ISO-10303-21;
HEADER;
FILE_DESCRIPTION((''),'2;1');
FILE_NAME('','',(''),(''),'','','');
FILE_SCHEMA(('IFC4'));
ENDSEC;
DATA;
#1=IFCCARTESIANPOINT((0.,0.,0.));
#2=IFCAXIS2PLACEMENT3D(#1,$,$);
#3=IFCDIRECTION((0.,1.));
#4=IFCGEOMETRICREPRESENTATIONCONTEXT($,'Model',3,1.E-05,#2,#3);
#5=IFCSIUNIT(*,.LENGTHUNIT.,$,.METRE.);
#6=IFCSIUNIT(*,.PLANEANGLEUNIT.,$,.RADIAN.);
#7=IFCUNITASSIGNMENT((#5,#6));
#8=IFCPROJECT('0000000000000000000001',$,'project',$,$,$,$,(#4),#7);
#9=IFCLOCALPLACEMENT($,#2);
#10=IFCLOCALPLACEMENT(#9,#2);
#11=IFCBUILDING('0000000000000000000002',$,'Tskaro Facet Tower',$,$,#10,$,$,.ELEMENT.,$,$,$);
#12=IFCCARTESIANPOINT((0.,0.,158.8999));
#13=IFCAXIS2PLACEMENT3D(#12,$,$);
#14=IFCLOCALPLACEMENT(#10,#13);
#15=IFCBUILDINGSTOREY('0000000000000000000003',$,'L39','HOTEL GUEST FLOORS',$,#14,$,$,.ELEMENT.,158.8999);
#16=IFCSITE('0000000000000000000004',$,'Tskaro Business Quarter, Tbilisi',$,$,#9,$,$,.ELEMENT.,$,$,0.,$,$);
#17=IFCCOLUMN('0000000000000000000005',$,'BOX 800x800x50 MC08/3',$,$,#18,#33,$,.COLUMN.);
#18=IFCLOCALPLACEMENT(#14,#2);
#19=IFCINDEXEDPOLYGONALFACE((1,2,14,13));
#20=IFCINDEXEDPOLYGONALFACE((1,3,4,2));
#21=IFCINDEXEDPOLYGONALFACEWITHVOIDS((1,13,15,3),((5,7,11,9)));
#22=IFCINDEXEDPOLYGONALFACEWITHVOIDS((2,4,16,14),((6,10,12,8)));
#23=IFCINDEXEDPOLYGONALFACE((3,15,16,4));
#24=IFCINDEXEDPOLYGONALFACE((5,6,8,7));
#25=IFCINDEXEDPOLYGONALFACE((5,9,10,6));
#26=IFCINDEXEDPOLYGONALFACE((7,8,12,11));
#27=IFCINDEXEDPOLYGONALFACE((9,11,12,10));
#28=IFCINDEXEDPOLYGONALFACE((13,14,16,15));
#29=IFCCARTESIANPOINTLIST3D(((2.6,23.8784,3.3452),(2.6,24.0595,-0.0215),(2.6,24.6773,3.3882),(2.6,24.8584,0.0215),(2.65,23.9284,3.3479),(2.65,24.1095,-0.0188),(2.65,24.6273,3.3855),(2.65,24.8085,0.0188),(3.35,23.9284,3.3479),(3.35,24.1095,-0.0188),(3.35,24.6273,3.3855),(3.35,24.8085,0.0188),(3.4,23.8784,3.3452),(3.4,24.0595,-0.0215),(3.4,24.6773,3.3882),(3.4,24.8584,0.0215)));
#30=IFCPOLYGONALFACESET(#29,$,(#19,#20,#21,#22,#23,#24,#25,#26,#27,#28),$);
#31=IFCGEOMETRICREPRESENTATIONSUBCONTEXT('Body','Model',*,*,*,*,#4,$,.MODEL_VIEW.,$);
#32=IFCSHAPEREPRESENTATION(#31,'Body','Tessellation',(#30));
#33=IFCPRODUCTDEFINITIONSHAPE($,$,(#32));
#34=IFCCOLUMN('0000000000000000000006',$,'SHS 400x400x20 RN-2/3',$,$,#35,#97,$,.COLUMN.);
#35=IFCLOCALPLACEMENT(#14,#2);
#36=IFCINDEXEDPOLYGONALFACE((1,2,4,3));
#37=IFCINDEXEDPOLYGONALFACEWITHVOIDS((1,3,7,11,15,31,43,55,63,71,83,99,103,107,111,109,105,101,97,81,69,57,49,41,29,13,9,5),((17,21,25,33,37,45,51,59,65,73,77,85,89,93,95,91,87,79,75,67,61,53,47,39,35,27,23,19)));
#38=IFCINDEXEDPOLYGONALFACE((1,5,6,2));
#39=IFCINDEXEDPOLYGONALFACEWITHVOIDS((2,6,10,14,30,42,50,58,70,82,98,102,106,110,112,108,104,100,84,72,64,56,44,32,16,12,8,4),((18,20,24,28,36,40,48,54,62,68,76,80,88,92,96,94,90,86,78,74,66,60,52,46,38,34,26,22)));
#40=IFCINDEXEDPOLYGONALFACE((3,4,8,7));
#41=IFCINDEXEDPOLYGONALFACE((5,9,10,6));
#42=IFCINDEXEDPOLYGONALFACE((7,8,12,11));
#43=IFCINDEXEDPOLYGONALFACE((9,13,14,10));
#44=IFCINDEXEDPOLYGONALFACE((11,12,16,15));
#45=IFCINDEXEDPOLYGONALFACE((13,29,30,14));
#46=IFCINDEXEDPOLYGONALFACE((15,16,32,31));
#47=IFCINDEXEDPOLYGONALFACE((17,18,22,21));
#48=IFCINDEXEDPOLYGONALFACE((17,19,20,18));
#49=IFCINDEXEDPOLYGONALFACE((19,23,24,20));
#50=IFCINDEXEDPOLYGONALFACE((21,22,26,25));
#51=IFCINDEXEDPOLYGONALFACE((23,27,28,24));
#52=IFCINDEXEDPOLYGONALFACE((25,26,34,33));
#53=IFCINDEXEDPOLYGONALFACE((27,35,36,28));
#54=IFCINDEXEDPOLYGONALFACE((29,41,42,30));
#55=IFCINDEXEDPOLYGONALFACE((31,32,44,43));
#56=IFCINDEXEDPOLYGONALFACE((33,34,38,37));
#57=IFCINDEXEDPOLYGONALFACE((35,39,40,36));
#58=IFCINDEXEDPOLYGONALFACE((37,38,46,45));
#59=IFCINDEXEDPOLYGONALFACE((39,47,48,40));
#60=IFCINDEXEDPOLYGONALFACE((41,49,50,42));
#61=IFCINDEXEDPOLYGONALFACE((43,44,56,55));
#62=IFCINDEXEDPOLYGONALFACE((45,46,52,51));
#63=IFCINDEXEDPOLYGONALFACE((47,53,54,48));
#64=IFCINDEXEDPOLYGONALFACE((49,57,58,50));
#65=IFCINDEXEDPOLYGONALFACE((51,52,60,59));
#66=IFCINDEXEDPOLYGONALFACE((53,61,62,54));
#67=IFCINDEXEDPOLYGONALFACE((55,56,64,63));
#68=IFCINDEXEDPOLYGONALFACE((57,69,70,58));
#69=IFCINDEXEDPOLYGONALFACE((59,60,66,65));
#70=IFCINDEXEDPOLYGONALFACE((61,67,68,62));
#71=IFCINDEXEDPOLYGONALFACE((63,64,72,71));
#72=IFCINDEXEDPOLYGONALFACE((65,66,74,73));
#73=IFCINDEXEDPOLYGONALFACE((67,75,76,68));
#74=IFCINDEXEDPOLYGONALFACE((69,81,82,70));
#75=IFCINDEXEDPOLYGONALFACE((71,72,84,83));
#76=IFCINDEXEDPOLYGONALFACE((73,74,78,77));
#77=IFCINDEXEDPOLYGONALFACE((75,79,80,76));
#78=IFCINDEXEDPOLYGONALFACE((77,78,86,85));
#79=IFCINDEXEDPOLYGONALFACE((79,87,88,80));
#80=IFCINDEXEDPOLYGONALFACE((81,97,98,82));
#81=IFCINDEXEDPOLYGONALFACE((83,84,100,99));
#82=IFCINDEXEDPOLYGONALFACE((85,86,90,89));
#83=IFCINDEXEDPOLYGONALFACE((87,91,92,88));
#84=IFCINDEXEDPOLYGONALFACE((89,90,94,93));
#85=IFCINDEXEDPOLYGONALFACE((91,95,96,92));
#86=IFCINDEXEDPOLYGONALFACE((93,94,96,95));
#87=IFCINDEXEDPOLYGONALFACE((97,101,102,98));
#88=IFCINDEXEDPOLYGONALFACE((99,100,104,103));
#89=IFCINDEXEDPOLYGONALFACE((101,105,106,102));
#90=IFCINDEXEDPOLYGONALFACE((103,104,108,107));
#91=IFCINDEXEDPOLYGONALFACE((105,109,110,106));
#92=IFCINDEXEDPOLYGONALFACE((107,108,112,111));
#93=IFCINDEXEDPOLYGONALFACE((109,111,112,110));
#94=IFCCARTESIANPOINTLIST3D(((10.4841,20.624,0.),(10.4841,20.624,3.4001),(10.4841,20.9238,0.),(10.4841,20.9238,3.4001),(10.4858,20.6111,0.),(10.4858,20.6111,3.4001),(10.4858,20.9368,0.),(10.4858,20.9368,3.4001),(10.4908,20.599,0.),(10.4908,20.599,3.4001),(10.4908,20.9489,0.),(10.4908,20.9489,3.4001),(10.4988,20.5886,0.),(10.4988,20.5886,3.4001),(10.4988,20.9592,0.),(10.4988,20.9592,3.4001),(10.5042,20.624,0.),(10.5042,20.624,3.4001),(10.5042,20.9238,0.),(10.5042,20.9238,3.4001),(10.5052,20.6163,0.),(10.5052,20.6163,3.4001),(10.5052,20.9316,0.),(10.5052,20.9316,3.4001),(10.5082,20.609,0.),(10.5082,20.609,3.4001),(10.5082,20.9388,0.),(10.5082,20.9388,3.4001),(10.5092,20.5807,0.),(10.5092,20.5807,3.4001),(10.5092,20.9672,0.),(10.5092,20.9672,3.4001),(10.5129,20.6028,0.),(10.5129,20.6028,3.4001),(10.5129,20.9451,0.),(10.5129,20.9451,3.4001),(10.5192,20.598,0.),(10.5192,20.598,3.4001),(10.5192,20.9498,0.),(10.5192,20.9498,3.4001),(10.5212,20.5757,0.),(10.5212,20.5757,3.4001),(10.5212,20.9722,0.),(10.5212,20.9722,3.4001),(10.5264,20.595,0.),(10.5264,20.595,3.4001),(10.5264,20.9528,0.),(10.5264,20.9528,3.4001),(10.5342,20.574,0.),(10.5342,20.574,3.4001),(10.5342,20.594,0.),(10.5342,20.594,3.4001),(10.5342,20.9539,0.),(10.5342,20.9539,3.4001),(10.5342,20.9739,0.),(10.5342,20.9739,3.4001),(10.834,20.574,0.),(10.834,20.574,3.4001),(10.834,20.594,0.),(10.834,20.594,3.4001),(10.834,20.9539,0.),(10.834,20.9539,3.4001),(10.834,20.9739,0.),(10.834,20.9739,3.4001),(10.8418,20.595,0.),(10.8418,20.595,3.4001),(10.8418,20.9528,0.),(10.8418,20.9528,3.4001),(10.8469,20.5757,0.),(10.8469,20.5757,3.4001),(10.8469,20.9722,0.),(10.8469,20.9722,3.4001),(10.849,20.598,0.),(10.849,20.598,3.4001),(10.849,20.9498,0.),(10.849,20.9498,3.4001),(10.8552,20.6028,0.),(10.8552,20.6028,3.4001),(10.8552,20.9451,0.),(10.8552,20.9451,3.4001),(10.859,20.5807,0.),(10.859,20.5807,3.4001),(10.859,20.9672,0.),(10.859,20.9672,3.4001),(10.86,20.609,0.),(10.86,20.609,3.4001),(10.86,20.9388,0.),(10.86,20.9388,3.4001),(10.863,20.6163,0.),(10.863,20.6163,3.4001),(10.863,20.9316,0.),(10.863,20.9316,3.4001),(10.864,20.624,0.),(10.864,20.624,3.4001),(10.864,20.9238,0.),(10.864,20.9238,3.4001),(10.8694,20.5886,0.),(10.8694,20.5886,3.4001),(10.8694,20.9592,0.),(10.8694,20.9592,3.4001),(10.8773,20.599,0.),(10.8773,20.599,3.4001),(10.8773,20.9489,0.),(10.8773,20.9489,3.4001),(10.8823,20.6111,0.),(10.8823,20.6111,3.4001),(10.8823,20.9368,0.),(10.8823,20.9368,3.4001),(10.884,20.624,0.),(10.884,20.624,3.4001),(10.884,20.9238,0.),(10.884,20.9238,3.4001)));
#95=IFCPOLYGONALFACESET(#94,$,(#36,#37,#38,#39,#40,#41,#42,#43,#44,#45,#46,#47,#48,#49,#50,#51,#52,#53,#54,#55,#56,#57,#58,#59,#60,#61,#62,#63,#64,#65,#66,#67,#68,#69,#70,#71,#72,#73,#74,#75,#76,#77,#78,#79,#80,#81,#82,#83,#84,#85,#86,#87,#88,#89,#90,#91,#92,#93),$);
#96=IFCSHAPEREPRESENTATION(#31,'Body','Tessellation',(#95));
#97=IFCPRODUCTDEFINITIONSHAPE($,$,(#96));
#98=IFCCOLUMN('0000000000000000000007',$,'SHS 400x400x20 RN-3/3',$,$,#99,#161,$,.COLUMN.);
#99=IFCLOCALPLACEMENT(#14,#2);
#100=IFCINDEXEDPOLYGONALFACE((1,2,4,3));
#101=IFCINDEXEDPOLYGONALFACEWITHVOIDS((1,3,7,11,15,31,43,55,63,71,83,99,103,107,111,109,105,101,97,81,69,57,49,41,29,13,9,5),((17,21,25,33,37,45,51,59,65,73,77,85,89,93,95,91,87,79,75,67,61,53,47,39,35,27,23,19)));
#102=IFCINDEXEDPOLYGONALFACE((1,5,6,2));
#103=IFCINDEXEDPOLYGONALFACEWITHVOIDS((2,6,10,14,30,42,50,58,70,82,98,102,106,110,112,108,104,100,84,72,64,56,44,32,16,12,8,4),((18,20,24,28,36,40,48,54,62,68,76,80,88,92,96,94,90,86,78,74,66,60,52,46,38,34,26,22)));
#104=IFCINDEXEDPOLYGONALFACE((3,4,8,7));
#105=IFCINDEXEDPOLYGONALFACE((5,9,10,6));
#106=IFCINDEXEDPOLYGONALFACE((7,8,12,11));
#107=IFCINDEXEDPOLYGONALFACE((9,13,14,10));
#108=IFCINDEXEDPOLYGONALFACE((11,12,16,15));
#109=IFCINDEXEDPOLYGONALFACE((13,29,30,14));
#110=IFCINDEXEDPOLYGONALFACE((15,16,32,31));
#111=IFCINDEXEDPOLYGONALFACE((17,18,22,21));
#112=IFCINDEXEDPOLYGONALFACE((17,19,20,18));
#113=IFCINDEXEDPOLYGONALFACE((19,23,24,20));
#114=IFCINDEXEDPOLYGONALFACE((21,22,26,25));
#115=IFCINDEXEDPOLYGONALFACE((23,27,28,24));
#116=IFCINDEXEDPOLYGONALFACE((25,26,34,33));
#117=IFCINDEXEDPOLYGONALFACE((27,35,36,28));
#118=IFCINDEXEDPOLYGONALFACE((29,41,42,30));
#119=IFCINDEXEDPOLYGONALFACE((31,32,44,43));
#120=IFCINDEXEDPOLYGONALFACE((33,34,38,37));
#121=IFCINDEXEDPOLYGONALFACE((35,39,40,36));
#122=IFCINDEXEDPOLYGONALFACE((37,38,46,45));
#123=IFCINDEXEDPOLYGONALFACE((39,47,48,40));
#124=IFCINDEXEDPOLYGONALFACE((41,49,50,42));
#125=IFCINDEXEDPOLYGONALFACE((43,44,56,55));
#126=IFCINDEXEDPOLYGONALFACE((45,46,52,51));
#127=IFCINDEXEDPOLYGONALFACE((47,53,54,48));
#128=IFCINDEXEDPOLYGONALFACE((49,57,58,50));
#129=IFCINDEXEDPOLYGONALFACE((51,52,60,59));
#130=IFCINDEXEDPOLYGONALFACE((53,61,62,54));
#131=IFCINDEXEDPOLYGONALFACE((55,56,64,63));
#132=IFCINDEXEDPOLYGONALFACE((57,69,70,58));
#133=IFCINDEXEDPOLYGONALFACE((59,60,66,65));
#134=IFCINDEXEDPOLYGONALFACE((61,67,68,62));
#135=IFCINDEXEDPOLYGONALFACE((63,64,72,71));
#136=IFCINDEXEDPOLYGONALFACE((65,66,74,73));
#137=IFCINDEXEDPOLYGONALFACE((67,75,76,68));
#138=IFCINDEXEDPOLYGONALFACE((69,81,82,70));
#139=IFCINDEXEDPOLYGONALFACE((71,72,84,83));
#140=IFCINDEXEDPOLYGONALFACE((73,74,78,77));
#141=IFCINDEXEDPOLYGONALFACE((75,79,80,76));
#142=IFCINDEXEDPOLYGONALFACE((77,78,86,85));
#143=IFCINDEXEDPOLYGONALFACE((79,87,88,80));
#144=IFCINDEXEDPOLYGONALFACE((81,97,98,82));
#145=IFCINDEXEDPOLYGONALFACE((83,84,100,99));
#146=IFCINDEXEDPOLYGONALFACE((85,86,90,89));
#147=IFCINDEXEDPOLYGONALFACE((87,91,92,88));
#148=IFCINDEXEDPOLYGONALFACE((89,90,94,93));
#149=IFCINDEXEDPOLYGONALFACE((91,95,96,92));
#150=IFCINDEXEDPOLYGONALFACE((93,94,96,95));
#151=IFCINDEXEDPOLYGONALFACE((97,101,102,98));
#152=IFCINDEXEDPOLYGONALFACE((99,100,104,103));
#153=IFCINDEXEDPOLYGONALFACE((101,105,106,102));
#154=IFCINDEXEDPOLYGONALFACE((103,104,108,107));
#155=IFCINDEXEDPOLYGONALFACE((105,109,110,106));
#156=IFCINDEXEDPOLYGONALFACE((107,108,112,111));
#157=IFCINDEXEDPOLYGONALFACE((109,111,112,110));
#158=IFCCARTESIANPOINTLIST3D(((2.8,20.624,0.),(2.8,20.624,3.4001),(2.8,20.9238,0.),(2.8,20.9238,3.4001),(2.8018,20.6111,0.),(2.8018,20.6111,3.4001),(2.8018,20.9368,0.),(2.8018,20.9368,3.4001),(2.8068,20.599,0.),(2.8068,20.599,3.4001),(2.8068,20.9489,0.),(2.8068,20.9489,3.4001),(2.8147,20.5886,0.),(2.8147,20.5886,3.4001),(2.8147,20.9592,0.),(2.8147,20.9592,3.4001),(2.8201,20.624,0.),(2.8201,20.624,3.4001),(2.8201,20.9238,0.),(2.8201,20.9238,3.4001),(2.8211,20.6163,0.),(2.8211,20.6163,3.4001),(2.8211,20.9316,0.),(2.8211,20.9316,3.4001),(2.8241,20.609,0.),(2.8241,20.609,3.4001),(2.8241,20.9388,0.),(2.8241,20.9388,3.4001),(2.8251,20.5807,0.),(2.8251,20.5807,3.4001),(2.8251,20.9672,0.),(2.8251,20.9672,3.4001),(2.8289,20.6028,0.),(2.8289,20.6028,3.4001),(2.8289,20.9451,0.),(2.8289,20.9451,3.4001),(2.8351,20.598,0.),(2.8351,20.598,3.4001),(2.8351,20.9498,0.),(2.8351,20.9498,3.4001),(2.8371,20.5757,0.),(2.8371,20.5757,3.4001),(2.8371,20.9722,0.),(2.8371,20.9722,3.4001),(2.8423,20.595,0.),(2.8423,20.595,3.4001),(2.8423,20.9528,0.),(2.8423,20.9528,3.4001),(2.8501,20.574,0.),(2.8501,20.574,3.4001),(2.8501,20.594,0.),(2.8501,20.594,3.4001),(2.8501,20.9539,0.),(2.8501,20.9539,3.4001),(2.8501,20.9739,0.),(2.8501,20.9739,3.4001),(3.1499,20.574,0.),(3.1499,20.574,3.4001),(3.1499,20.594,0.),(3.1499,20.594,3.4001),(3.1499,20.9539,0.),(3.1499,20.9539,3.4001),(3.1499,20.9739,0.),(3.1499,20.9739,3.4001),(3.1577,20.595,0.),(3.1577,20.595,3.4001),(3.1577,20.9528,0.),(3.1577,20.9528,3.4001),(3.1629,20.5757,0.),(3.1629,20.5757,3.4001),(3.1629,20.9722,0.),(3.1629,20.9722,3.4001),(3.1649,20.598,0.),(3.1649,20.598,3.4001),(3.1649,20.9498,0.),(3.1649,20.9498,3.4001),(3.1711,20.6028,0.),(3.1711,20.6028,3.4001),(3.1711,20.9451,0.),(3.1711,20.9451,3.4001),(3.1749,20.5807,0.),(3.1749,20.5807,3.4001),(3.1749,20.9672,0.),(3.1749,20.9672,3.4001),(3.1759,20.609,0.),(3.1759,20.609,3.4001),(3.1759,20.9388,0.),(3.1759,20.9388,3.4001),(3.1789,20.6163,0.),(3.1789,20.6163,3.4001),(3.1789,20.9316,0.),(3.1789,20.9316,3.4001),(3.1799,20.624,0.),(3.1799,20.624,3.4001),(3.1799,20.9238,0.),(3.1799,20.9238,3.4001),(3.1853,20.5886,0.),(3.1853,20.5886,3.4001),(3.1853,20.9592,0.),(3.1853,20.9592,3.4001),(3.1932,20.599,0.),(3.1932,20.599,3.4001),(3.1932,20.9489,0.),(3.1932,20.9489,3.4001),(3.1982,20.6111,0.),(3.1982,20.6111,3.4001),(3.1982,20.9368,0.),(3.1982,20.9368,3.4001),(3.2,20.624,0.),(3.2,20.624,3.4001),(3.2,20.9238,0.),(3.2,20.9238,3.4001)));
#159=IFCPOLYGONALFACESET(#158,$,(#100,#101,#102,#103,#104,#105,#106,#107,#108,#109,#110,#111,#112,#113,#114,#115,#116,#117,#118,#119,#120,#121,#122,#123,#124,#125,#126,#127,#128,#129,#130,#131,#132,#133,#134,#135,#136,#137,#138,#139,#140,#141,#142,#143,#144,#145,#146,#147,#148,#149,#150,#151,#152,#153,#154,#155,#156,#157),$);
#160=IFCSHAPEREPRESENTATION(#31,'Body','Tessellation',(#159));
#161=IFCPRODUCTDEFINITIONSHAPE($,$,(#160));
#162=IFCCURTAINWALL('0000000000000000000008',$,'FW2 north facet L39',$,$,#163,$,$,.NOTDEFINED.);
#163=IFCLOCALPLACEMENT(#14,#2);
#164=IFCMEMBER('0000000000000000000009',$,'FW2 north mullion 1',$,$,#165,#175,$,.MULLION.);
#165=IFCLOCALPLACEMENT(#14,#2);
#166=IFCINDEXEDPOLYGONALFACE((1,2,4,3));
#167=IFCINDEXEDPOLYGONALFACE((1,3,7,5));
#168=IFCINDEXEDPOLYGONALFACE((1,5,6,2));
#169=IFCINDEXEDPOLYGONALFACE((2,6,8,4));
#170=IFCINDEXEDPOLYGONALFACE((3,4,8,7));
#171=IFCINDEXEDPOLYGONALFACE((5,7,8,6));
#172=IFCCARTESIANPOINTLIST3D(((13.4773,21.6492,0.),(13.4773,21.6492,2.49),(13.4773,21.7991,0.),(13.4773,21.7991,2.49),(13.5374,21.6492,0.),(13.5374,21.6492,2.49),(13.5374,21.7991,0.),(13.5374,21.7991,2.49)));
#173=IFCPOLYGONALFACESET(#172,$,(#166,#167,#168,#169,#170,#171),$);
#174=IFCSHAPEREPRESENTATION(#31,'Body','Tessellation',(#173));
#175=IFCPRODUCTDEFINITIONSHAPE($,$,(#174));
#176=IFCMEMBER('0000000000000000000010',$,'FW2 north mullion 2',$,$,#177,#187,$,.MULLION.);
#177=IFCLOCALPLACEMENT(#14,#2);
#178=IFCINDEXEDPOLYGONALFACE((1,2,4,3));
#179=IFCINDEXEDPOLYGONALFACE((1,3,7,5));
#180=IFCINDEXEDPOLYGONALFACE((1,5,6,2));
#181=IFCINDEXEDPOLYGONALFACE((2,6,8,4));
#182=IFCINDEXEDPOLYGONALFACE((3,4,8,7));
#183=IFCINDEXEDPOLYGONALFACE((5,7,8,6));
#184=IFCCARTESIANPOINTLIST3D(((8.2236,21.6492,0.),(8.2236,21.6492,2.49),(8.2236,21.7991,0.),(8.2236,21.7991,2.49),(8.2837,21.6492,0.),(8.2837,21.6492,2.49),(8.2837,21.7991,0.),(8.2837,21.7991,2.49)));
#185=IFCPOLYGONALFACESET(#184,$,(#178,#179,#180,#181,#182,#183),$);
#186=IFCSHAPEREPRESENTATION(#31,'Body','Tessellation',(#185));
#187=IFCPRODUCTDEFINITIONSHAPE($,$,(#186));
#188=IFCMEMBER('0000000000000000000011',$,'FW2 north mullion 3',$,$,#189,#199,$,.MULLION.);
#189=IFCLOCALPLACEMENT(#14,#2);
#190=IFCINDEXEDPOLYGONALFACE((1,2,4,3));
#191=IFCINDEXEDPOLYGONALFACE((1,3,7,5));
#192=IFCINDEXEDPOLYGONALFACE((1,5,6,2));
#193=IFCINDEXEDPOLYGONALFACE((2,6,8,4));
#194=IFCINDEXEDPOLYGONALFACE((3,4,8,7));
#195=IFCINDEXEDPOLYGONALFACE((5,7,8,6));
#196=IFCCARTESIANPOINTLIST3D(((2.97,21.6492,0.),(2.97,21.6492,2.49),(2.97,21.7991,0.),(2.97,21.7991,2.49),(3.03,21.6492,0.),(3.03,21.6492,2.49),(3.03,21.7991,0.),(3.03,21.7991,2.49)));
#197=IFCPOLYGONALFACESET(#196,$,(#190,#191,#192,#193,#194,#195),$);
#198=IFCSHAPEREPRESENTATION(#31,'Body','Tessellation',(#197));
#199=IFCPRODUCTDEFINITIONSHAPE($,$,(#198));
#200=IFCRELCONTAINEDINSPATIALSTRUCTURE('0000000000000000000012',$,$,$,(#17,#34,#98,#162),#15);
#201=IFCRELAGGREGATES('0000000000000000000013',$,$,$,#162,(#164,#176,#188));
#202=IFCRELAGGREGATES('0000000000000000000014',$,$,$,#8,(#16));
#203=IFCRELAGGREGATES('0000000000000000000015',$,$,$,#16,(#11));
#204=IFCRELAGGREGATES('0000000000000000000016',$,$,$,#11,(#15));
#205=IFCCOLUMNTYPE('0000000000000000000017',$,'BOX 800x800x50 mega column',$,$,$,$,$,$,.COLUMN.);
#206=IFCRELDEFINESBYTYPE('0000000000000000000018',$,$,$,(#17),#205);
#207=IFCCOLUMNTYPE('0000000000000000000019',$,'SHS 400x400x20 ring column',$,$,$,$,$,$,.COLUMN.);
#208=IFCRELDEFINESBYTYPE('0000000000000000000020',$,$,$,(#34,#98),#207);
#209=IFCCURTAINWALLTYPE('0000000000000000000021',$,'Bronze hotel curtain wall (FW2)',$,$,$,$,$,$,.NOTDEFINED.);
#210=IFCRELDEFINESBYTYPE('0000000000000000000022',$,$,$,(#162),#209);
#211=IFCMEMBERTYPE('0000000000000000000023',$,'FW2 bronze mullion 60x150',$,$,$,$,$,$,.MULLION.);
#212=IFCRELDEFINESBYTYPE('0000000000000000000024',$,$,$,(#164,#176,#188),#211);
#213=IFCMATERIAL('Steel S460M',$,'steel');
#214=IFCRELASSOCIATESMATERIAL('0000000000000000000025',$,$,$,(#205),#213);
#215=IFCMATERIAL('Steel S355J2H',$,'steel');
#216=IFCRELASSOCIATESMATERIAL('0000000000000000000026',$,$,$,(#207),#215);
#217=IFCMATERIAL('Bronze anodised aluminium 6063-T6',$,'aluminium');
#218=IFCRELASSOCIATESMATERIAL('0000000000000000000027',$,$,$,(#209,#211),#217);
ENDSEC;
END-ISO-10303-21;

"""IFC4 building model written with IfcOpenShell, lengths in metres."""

from ifc_helpers import new_model, si_unit, direction, frame, origin, origin_2d, place, context, subcontext, project, spatial, rectangle, hollow_rectangle, extrude, material, material_profile, profile_set, type_object, element, aggregate, save


model = new_model("IFC4")

# Units and contexts
model_context = context("Model", 3, precision=1e-05, world=origin(), true_north=direction((0.0, 1.0)))
body_context = subcontext(model_context, "Body", "Model", "MODEL_VIEW")
ifc_project = project(units=[si_unit("LENGTHUNIT", "METRE"), si_unit("PLANEANGLEUNIT", "RADIAN")], contexts=[model_context])

# Site, building, storey
site_placement = place(None, origin())
site = spatial("IfcSite", under=ifc_project, at=site_placement, Name="Tskaro Business Quarter, Tbilisi", CompositionType="ELEMENT", RefElevation=0.0)
building_placement = place(site_placement, origin())
building = spatial("IfcBuilding", under=site, at=building_placement, Name="Tskaro Facet Tower", CompositionType="ELEMENT")
storey_placement = place(building_placement, frame((0.0, 0.0, 158.8999)))
storey = spatial("IfcBuildingStorey", under=building, at=storey_placement, Name="L39", Description="HOTEL GUEST FLOORS", CompositionType="ELEMENT", Elevation=158.8999)

# Columns
ifc_material_1 = material(Name="Steel S460M", Category="steel")
ifc_material_profile_1 = material_profile(ifc_material_1, hollow_rectangle(XDim=0.8, YDim=0.8, WallThickness=0.05, at=origin_2d()), Name="BOX 800x800x50")
ifc_profile_set_1 = profile_set([ifc_material_profile_1], Name="Steel S460M")
column_type_1 = type_object("IfcColumnType", Name="BOX 800x800x50 mega column", PredefinedType="COLUMN", material=ifc_profile_set_1)
column_placement = place(storey_placement, frame((3.0, 24.459, 0.0), z_axis=(0.0, -0.053729, 0.998556), x_axis=(1.0, 0.0, 0.0)))
element("IfcColumn", 1, at=column_placement, inside=storey, type_object=column_type_1, Name="BOX 800x800x50 MC08/3", PredefinedType="COLUMN", context=body_context, shape_type="SweptSolid", body=[
    extrude(hollow_rectangle(XDim=0.8, YDim=0.8, WallThickness=0.05, at=origin_2d()), origin(), (0.0, 0.0, 1.0), 3.3716),
])
ifc_material_2 = material(Name="Steel S355J2H", Category="steel")
ifc_material_profile_2 = material_profile(ifc_material_2, hollow_rectangle(XDim=0.3999, YDim=0.3999, WallThickness=0.02, InnerFilletRadius=0.03, OuterFilletRadius=0.05, at=origin_2d()), Name="SHS 400x400x20")
ifc_profile_set_2 = profile_set([ifc_material_profile_2], Name="Steel S355J2H")
column_type_2 = type_object("IfcColumnType", Name="SHS 400x400x20 ring column", PredefinedType="COLUMN", material=ifc_profile_set_2)
for number, where, z_axis, x_axis, name in (
    (2, (10.6841, 20.7739, 0.0), (0.0, 0.0, 1.0), (1.0, 0.0, 0.0), "SHS 400x400x20 RN-2/3"),
    (3, (3.0, 20.7739, 0.0), (0.0, 0.0, 1.0), (1.0, 0.0, 0.0), "SHS 400x400x20 RN-3/3"),
):
    element("IfcColumn", number, at=place(storey_placement, frame(where, z_axis=z_axis, x_axis=x_axis)), inside=storey, type_object=column_type_2, Name=name, PredefinedType="COLUMN", context=body_context, shape_type="SweptSolid", body=[
        extrude(hollow_rectangle(XDim=0.3999, YDim=0.3999, WallThickness=0.02, InnerFilletRadius=0.03, OuterFilletRadius=0.05, at=origin_2d()), origin(), (0.0, 0.0, 1.0), 3.4001),
    ])

# Curtain wall, members
ifc_material_3 = material(Name="Bronze anodised aluminium 6063-T6", Category="aluminium")
curtain_wall_type = type_object("IfcCurtainWallType", Name="Bronze hotel curtain wall (FW2)", PredefinedType="NOTDEFINED", material=ifc_material_3)
curtain_wall_placement = place(storey_placement, origin())
curtain_wall = element("IfcCurtainWall", 4, at=curtain_wall_placement, inside=storey, type_object=curtain_wall_type, Name="FW2 north facet L39", PredefinedType="NOTDEFINED")
ifc_material_profile_3 = material_profile(ifc_material_3, rectangle(XDim=0.0601, YDim=0.1499, at=origin_2d()), Name="Mullion 60x150")
ifc_profile_set_3 = profile_set([ifc_material_profile_3], Name="Bronze anodised aluminium 6063-T6")
member_type_1 = type_object("IfcMemberType", Name="FW2 bronze mullion 60x150", PredefinedType="MULLION", material=ifc_profile_set_3)
member_1_placement = place(storey_placement, frame((13.5073, 21.7241, 0.0), z_axis=(0.0, 0.0, 1.0), x_axis=(-1.0, 0.0, 0.0)))
member_1 = element("IfcMember", 5, at=member_1_placement, type_object=member_type_1, Name="FW2 north mullion 1", PredefinedType="MULLION", context=body_context, shape_type="SweptSolid", body=[
    extrude(rectangle(XDim=0.0601, YDim=0.1499, at=origin_2d()), origin(), (0.0, 0.0, 1.0), 2.49),
])
member_2_placement = place(storey_placement, frame((8.2537, 21.7241, 0.0), z_axis=(0.0, 0.0, 1.0), x_axis=(-1.0, 0.0, 0.0)))
member_2 = element("IfcMember", 6, at=member_2_placement, type_object=member_type_1, Name="FW2 north mullion 2", PredefinedType="MULLION", context=body_context, shape_type="SweptSolid", body=[
    extrude(rectangle(XDim=0.0601, YDim=0.1499, at=origin_2d()), origin(), (0.0, 0.0, 1.0), 2.49),
])
member_3_placement = place(storey_placement, frame((3.0, 21.7241, 0.0), z_axis=(0.0, 0.0, 1.0), x_axis=(-1.0, 0.0, 0.0)))
member_3 = element("IfcMember", 7, at=member_3_placement, type_object=member_type_1, Name="FW2 north mullion 3", PredefinedType="MULLION", context=body_context, shape_type="SweptSolid", body=[
    extrude(rectangle(XDim=0.0601, YDim=0.1499, at=origin_2d()), origin(), (0.0, 0.0, 1.0), 2.49),
])

aggregate(curtain_wall, [member_1, member_2, member_3])

save(model, "model.ifc")
